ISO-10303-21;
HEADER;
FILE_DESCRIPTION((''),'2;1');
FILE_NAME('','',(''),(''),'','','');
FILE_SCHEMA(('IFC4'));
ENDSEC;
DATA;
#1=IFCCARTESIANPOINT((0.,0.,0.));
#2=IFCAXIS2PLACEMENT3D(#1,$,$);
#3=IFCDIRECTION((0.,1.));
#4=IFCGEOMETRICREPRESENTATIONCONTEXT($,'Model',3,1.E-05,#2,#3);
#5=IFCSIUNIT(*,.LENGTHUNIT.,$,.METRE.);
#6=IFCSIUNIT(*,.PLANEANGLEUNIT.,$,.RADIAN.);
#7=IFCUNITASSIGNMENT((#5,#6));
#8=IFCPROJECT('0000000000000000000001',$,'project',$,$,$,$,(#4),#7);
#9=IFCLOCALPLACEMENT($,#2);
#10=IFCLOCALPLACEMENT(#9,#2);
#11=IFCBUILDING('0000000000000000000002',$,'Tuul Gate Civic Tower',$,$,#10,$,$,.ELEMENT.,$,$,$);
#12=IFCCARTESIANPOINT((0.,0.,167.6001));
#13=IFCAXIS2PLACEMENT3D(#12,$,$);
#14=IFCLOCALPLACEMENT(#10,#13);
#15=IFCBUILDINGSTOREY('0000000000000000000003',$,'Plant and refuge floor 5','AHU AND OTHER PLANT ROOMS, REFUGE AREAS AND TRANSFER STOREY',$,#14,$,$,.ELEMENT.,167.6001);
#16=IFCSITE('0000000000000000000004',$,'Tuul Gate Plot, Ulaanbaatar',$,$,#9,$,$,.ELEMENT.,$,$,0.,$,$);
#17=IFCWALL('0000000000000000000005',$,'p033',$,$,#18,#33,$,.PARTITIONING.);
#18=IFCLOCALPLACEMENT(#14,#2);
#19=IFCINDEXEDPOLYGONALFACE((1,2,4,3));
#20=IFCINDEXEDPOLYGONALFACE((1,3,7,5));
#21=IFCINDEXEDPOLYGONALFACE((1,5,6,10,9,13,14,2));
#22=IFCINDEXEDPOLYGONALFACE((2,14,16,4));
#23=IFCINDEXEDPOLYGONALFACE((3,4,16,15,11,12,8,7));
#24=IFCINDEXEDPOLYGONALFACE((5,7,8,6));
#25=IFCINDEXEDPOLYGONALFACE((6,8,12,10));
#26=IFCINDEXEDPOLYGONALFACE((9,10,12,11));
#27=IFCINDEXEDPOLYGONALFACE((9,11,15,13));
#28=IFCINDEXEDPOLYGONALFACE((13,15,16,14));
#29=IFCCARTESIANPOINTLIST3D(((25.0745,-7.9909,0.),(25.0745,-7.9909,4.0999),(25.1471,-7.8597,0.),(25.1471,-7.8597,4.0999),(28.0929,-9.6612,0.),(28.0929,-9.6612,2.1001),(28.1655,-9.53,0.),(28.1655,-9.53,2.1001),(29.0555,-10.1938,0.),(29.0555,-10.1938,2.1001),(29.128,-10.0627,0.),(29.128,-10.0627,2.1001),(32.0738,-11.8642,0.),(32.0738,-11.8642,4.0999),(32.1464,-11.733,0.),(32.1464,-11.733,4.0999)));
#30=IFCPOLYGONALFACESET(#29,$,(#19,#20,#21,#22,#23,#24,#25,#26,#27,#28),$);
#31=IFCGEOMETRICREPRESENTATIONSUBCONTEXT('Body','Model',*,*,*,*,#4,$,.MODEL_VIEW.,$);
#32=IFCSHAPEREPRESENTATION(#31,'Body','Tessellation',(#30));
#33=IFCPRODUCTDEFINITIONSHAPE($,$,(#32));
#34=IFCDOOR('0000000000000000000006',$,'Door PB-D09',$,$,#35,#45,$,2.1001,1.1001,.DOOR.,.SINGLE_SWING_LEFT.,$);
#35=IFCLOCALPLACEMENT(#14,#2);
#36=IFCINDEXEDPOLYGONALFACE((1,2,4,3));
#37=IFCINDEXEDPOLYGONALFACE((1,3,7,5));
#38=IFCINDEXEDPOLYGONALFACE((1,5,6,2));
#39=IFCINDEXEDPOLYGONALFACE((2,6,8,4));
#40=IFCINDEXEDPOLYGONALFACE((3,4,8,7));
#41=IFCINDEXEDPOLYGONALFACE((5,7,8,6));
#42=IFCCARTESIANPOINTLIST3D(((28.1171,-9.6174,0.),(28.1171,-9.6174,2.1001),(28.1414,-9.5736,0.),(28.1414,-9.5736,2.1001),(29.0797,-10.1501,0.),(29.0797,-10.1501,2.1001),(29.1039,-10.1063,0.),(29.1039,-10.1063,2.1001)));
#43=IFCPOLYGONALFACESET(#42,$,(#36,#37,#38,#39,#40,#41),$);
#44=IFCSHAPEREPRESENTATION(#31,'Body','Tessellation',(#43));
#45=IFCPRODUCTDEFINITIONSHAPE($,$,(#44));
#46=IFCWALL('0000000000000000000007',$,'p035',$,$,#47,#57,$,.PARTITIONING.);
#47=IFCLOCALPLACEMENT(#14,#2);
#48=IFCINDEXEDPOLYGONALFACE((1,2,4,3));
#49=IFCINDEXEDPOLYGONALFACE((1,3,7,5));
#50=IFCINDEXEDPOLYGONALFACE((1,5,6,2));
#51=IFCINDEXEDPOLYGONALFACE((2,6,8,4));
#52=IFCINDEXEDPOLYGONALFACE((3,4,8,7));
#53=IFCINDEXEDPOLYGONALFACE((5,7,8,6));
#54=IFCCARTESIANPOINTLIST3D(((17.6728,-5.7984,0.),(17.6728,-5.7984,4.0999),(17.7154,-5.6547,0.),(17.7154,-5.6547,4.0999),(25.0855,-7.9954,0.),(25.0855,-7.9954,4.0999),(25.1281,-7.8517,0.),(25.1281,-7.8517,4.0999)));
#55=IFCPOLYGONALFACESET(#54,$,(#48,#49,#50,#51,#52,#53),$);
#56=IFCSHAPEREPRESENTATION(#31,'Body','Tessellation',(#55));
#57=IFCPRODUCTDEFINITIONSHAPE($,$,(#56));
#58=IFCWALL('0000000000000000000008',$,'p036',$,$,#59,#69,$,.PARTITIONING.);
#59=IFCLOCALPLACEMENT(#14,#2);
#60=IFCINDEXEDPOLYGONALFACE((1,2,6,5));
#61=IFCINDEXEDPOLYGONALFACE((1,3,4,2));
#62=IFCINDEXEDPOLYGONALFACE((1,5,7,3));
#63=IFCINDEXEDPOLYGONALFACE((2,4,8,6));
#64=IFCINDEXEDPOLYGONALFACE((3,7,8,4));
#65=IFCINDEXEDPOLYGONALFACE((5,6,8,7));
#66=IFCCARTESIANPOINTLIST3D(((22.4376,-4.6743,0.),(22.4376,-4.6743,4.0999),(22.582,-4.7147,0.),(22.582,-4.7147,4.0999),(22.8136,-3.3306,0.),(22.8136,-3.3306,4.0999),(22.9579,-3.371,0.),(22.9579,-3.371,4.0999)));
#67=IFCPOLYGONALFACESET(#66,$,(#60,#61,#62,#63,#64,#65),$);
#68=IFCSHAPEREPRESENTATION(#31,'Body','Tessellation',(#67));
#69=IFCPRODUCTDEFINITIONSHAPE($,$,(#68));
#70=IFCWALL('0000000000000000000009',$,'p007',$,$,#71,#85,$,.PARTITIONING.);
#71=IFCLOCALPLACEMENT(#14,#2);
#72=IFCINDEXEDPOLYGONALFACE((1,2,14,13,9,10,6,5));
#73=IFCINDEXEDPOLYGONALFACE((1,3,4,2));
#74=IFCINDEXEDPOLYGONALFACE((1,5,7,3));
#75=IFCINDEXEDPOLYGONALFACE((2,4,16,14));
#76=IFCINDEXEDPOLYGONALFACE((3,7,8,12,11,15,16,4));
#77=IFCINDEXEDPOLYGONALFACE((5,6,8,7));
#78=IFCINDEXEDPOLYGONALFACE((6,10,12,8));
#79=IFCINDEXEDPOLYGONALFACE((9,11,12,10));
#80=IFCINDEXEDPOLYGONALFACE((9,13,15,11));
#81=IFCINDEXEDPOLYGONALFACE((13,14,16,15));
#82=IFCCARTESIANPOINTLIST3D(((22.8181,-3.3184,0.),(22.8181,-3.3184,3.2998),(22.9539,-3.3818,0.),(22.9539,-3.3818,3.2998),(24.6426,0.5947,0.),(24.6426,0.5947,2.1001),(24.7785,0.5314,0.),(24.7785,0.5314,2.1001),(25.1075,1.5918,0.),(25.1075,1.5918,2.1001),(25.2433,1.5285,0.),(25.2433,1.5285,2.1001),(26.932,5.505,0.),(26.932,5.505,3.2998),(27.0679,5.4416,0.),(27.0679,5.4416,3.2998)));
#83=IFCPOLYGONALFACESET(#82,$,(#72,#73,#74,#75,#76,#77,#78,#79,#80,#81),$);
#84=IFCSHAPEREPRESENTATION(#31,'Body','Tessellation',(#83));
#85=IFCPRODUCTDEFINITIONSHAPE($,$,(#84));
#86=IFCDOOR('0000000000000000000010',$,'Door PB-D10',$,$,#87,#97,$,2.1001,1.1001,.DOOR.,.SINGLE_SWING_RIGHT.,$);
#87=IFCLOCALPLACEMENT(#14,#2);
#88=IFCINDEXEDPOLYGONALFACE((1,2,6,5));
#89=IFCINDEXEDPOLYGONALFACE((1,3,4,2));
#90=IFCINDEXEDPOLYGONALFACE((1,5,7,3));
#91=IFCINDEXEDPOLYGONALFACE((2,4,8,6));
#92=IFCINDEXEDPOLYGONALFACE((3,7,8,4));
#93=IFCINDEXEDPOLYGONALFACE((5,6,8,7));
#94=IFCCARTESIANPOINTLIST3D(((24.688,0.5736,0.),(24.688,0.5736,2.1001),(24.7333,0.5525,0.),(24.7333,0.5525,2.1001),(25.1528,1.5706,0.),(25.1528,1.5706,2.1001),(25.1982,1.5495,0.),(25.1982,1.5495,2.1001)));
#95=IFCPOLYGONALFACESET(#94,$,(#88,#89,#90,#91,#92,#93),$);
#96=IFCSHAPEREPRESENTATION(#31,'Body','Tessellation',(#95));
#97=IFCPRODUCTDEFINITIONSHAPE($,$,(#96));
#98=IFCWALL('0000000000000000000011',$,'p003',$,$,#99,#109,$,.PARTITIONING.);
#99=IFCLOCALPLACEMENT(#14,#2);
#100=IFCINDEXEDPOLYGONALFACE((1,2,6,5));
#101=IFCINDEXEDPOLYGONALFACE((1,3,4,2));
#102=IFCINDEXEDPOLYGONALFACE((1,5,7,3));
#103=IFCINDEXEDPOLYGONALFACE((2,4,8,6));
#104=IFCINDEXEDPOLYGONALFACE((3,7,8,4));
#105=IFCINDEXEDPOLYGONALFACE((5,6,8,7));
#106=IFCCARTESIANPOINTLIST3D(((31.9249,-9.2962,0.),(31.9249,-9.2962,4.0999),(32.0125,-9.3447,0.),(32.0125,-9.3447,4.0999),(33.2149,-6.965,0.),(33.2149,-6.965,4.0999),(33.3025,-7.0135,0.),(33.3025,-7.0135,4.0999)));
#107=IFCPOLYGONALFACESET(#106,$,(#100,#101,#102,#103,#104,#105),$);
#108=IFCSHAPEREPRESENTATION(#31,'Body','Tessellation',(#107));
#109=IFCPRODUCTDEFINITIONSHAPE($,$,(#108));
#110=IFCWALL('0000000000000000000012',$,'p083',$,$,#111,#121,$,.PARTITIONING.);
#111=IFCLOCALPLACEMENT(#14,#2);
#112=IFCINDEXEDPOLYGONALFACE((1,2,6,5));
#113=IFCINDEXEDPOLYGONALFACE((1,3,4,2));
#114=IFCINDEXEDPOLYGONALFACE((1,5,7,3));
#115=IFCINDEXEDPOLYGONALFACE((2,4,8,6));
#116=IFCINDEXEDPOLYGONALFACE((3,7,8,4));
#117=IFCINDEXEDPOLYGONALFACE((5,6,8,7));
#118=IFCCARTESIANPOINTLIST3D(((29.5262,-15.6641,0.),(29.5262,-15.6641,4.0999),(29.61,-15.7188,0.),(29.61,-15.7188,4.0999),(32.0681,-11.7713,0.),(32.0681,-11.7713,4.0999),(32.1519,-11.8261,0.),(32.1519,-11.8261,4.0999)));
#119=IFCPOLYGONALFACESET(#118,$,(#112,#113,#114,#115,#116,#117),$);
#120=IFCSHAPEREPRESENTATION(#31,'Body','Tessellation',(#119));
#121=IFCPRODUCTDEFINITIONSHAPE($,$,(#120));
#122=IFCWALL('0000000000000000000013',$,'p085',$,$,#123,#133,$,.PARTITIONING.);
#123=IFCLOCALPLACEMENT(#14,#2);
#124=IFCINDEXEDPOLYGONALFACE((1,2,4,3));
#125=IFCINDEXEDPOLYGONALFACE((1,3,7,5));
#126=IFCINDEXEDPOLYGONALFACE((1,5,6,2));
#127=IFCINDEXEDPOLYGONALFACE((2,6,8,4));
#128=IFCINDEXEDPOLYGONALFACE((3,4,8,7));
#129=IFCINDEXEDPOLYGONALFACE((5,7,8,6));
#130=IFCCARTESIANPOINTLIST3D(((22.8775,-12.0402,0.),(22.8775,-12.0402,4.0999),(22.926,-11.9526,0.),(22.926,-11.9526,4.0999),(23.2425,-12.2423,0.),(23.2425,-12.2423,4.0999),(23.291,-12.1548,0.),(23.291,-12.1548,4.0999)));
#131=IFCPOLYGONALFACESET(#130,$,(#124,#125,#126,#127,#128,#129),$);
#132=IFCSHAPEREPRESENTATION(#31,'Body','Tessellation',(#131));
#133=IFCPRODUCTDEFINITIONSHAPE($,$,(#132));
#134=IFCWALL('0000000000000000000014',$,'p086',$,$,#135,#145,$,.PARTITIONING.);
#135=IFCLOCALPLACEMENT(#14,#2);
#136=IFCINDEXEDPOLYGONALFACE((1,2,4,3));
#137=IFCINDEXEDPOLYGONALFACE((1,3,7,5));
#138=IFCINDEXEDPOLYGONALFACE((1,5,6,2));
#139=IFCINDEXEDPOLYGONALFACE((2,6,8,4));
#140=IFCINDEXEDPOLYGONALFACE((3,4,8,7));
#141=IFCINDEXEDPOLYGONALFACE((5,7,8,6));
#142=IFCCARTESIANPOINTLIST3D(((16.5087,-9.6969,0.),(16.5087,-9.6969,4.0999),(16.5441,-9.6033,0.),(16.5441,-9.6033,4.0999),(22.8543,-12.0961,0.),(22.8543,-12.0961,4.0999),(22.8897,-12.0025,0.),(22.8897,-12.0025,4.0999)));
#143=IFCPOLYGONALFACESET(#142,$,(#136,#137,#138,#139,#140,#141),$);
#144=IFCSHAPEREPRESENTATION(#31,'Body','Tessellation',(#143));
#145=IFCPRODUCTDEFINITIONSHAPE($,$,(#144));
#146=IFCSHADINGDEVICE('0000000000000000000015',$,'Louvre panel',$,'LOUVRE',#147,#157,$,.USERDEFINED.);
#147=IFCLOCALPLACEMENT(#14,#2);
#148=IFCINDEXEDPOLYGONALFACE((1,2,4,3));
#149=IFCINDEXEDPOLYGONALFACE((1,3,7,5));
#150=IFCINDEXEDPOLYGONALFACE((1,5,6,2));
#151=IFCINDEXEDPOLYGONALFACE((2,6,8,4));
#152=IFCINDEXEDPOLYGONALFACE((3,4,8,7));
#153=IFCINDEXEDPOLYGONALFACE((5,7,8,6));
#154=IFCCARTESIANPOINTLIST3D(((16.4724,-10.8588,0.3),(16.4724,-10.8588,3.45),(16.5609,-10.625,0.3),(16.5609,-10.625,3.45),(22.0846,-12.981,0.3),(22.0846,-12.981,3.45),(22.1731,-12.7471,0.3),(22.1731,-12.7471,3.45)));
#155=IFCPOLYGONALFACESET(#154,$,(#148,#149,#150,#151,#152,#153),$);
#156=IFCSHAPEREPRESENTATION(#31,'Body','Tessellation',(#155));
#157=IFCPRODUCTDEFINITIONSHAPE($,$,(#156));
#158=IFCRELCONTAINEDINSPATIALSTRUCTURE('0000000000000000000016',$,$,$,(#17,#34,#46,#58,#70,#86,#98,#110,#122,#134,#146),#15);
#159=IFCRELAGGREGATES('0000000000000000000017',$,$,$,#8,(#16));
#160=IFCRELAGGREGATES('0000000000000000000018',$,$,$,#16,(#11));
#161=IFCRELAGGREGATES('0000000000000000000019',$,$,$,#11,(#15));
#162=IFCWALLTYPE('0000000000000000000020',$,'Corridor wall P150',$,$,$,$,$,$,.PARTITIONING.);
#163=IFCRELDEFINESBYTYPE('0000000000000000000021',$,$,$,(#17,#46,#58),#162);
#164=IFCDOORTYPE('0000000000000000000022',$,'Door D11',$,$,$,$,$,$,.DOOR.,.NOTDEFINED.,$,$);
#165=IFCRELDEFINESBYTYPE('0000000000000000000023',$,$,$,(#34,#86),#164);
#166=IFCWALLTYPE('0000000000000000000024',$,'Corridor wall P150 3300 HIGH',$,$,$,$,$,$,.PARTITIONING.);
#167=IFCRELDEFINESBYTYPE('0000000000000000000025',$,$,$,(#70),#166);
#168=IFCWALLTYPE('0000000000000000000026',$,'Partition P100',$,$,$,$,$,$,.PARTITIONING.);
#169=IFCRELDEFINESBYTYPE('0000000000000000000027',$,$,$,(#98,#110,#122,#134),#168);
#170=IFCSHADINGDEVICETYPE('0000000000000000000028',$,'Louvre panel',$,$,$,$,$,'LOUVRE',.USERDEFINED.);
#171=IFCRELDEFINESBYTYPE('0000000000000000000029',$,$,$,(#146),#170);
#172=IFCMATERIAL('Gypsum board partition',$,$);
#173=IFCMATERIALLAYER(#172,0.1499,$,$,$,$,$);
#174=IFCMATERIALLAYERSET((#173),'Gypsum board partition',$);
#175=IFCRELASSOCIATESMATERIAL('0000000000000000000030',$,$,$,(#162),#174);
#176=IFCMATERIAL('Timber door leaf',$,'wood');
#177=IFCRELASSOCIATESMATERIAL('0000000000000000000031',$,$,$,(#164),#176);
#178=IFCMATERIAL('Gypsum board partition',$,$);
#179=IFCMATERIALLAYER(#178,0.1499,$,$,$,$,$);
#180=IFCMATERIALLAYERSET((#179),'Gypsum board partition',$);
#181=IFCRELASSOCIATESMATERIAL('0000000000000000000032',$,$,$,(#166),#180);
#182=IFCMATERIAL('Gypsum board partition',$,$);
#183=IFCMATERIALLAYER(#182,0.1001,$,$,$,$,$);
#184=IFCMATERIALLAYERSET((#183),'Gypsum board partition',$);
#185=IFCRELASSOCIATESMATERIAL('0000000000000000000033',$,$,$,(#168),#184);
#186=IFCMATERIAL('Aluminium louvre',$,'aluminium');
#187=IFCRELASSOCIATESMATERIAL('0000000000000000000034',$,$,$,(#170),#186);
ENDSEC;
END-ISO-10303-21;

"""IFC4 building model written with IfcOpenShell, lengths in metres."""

from ifc_helpers import new_model, si_unit, direction, frame, frame_2d, origin, origin_2d, place, context, subcontext, project, spatial, rectangle, extrude, material, layer, layer_set, type_object, element, fill, save


model = new_model("IFC4")

# Units and contexts
model_context = context("Model", 3, precision=1e-05, world=origin(), true_north=direction((0.0, 1.0)))
body_context = subcontext(model_context, "Body", "Model", "MODEL_VIEW")
ifc_project = project(units=[si_unit("LENGTHUNIT", "METRE"), si_unit("PLANEANGLEUNIT", "RADIAN")], contexts=[model_context])

# Site, building, storey
site_placement = place(None, origin())
site = spatial("IfcSite", under=ifc_project, at=site_placement, Name="Tuul Gate Plot, Ulaanbaatar", CompositionType="ELEMENT", RefElevation=0.0)
building_placement = place(site_placement, origin())
building = spatial("IfcBuilding", under=site, at=building_placement, Name="Tuul Gate Civic Tower", CompositionType="ELEMENT")
storey_placement = place(building_placement, frame((0.0, 0.0, 167.6001)))
storey = spatial("IfcBuildingStorey", under=building, at=storey_placement, Name="Plant and refuge floor 5", Description="AHU AND OTHER PLANT ROOMS, REFUGE AREAS AND TRANSFER STOREY", CompositionType="ELEMENT", Elevation=167.6001)

# Shared definitions
ifc_material_1 = material(Name="Gypsum board partition")
ifc_layer_1 = layer(ifc_material_1, 0.1499)
ifc_layer_set_1 = layer_set([ifc_layer_1], Name="Gypsum board partition")
wall_type_1 = type_object("IfcWallType", Name="Corridor wall P150", PredefinedType="PARTITIONING", material=ifc_layer_set_1)

# Wall, opening, door
wall_1_placement = place(storey_placement, frame((25.1108, -7.9253, 0.0), z_axis=(0.0, 0.0, 1.0), x_axis=(0.874962, -0.484191, 0.0)))
wall_1 = element("IfcWall", 1, at=wall_1_placement, inside=storey, type_object=wall_type_1, Name="p033", PredefinedType="PARTITIONING", context=body_context, shape_type="SweptSolid", body=[
    extrude(rectangle(XDim=7.9995, YDim=0.1499, at=frame_2d((3.9998, 0.0))), origin(), (0.0, 0.0, 1.0), 4.0999),
])
opening_1_placement = place(wall_1_placement, frame((3.4497, 0.0, 0.0)))
opening_1 = element("IfcOpeningElement", 2, at=opening_1_placement, cuts=wall_1, PredefinedType="OPENING", context=body_context, shape_type="SweptSolid", body=[
    extrude(rectangle(XDim=1.1001, YDim=2.1001, at=frame_2d((0.55, 1.05))), frame((0.0, 0.085, 0.0), z_axis=(0.0, -1.0, 0.0), x_axis=(1.0, 0.0, 0.0)), (0.0, 0.0, 1.0), 0.1699),
])
ifc_material_2 = material(Name="Timber door leaf", Category="wood")
door_type_1 = type_object("IfcDoorType", Name="Door D11", OperationType="NOTDEFINED", PredefinedType="DOOR", material=ifc_material_2)
door_1_placement = place(opening_1_placement, frame((1.1001, 0.0, 0.0), z_axis=(0.0, 0.0, 1.0), x_axis=(-1.0, 0.0, 0.0)))
door_1 = element("IfcDoor", 3, at=door_1_placement, inside=storey, type_object=door_type_1, Name="Door PB-D09", OperationType="SINGLE_SWING_LEFT", OverallHeight=2.1001, OverallWidth=1.1001, PredefinedType="DOOR", context=body_context, shape_type="SweptSolid", body=[
    extrude(rectangle(XDim=1.1001, YDim=2.1001, at=frame_2d((0.55, 1.05))), frame((0.0, 0.0249, 0.0), z_axis=(0.0, -1.0, 0.0), x_axis=(1.0, 0.0, 0.0)), (0.0, 0.0, 1.0), 0.05),
])
fill(opening_1, door_1)

# Walls
wall_2_placement = place(storey_placement, frame((17.6941, -5.7266, 0.0), z_axis=(0.0, 0.0, 1.0), x_axis=(0.958776, -0.284163, 0.0)))
element("IfcWall", 4, at=wall_2_placement, inside=storey, type_object=wall_type_1, Name="p035", PredefinedType="PARTITIONING", context=body_context, shape_type="SweptSolid", body=[
    extrude(rectangle(XDim=7.7314, YDim=0.1499, at=frame_2d((3.8657, 0.0))), origin(), (0.0, 0.0, 1.0), 4.0999),
])
wall_3_placement = place(storey_placement, frame((22.5098, -4.6946, 0.0), z_axis=(0.0, 0.0, 1.0), x_axis=(0.269448, 0.963015, 0.0)))
element("IfcWall", 5, at=wall_3_placement, inside=storey, type_object=wall_type_1, Name="p036", PredefinedType="PARTITIONING", context=body_context, shape_type="SweptSolid", body=[
    extrude(rectangle(XDim=1.3953, YDim=0.1499, at=frame_2d((0.6978, 0.0))), origin(), (0.0, 0.0, 1.0), 4.0999),
])

# Wall, opening, door
ifc_material_3 = material(Name="Gypsum board partition")
ifc_layer_2 = layer(ifc_material_3, 0.1499)
ifc_layer_set_2 = layer_set([ifc_layer_2], Name="Gypsum board partition")
wall_type_2 = type_object("IfcWallType", Name="Corridor wall P150 3300 HIGH", PredefinedType="PARTITIONING", material=ifc_layer_set_2)
wall_4_placement = place(storey_placement, frame((22.886, -3.3501, 0.0), z_axis=(0.0, 0.0, 1.0), x_axis=(0.422581, 0.906325, 0.0)))
wall_4 = element("IfcWall", 6, at=wall_4_placement, inside=storey, type_object=wall_type_2, Name="p007", PredefinedType="PARTITIONING", context=body_context, shape_type="SweptSolid", body=[
    extrude(rectangle(XDim=9.7354, YDim=0.1499, at=frame_2d((4.8677, 0.0))), origin(), (0.0, 0.0, 1.0), 3.2998),
])
opening_2_placement = place(wall_4_placement, frame((4.3176, 0.0, 0.0)))
opening_2 = element("IfcOpeningElement", 7, at=opening_2_placement, cuts=wall_4, PredefinedType="OPENING", context=body_context, shape_type="SweptSolid", body=[
    extrude(rectangle(XDim=1.1001, YDim=2.1001, at=frame_2d((0.55, 1.05))), frame((0.0, 0.085, 0.0), z_axis=(0.0, -1.0, 0.0), x_axis=(1.0, 0.0, 0.0)), (0.0, 0.0, 1.0), 0.1699),
])
door_2_placement = place(opening_2_placement, origin())
door_2 = element("IfcDoor", 8, at=door_2_placement, inside=storey, type_object=door_type_1, Name="Door PB-D10", OperationType="SINGLE_SWING_RIGHT", OverallHeight=2.1001, OverallWidth=1.1001, PredefinedType="DOOR", context=body_context, shape_type="SweptSolid", body=[
    extrude(rectangle(XDim=1.1001, YDim=2.1001, at=frame_2d((0.55, 1.05))), frame((0.0, 0.0249, 0.0), z_axis=(0.0, -1.0, 0.0), x_axis=(1.0, 0.0, 0.0)), (0.0, 0.0, 1.0), 0.05),
])
fill(opening_2, door_2)

# Walls
ifc_material_4 = material(Name="Gypsum board partition")
ifc_layer_3 = layer(ifc_material_4, 0.1001)
ifc_layer_set_3 = layer_set([ifc_layer_3], Name="Gypsum board partition")
wall_type_3 = type_object("IfcWallType", Name="Partition P100", PredefinedType="PARTITIONING", material=ifc_layer_set_3)
wall_5_placement = place(storey_placement, frame((31.9688, -9.3203, 0.0), z_axis=(0.0, 0.0, 1.0), x_axis=(0.484172, 0.874973, 0.0)))
element("IfcWall", 9, at=wall_5_placement, inside=storey, type_object=wall_type_3, Name="p003", PredefinedType="PARTITIONING", context=body_context, shape_type="SweptSolid", body=[
    extrude(rectangle(XDim=2.6643, YDim=0.1001, at=frame_2d((1.332, 0.0))), origin(), (0.0, 0.0, 1.0), 4.0999),
])
wall_6_placement = place(storey_placement, frame((32.1101, -11.7986, 0.0), z_axis=(0.0, 0.0, 1.0), x_axis=(-0.54675, -0.837296, 0.0)))
element("IfcWall", 10, at=wall_6_placement, inside=storey, type_object=wall_type_3, Name="p083", PredefinedType="PARTITIONING", context=body_context, shape_type="SweptSolid", body=[
    extrude(rectangle(XDim=4.6492, YDim=0.1001, at=frame_2d((2.3247, 0.0))), origin(), (0.0, 0.0, 1.0), 4.0999),
])
wall_7_placement = place(storey_placement, frame((23.2666, -12.1985, 0.0), z_axis=(0.0, 0.0, 1.0), x_axis=(-0.874791, 0.4845, 0.0)))
element("IfcWall", 11, at=wall_7_placement, inside=storey, type_object=wall_type_3, Name="p085", PredefinedType="PARTITIONING", context=body_context, shape_type="SweptSolid", body=[
    extrude(rectangle(XDim=0.4172, YDim=0.1001, at=frame_2d((0.2085, 0.0))), origin(), (0.0, 0.0, 1.0), 4.0999),
])
wall_8_placement = place(storey_placement, frame((22.8721, -12.0493, 0.0), z_axis=(0.0, 0.0, 1.0), x_axis=(-0.935375, 0.353658, 0.0)))
element("IfcWall", 12, at=wall_8_placement, inside=storey, type_object=wall_type_3, Name="p086", PredefinedType="PARTITIONING", context=body_context, shape_type="SweptSolid", body=[
    extrude(rectangle(XDim=6.7839, YDim=0.1001, at=frame_2d((3.3921, 0.0))), origin(), (0.0, 0.0, 1.0), 4.0999),
])

# Shading device
ifc_material_5 = material(Name="Aluminium louvre", Category="aluminium")
shading_device_type = type_object("IfcShadingDeviceType", Name="Louvre panel", ElementType="LOUVRE", PredefinedType="USERDEFINED", material=ifc_material_5)
shading_device_placement = place(storey_placement, frame((19.3228, -11.803, 0.3), z_axis=(0.0, 0.0, 1.0), x_axis=(-0.353685, -0.935365, 0.0)))
element("IfcShadingDevice", 13, at=shading_device_placement, inside=storey, type_object=shading_device_type, Name="Louvre panel", ObjectType="LOUVRE", PredefinedType="USERDEFINED", context=body_context, shape_type="SweptSolid", body=[
    extrude(rectangle(XDim=0.25, YDim=6.0, at=origin_2d()), origin(), (0.0, 0.0, 1.0), 3.1499),
])

save(model, "model.ifc")
